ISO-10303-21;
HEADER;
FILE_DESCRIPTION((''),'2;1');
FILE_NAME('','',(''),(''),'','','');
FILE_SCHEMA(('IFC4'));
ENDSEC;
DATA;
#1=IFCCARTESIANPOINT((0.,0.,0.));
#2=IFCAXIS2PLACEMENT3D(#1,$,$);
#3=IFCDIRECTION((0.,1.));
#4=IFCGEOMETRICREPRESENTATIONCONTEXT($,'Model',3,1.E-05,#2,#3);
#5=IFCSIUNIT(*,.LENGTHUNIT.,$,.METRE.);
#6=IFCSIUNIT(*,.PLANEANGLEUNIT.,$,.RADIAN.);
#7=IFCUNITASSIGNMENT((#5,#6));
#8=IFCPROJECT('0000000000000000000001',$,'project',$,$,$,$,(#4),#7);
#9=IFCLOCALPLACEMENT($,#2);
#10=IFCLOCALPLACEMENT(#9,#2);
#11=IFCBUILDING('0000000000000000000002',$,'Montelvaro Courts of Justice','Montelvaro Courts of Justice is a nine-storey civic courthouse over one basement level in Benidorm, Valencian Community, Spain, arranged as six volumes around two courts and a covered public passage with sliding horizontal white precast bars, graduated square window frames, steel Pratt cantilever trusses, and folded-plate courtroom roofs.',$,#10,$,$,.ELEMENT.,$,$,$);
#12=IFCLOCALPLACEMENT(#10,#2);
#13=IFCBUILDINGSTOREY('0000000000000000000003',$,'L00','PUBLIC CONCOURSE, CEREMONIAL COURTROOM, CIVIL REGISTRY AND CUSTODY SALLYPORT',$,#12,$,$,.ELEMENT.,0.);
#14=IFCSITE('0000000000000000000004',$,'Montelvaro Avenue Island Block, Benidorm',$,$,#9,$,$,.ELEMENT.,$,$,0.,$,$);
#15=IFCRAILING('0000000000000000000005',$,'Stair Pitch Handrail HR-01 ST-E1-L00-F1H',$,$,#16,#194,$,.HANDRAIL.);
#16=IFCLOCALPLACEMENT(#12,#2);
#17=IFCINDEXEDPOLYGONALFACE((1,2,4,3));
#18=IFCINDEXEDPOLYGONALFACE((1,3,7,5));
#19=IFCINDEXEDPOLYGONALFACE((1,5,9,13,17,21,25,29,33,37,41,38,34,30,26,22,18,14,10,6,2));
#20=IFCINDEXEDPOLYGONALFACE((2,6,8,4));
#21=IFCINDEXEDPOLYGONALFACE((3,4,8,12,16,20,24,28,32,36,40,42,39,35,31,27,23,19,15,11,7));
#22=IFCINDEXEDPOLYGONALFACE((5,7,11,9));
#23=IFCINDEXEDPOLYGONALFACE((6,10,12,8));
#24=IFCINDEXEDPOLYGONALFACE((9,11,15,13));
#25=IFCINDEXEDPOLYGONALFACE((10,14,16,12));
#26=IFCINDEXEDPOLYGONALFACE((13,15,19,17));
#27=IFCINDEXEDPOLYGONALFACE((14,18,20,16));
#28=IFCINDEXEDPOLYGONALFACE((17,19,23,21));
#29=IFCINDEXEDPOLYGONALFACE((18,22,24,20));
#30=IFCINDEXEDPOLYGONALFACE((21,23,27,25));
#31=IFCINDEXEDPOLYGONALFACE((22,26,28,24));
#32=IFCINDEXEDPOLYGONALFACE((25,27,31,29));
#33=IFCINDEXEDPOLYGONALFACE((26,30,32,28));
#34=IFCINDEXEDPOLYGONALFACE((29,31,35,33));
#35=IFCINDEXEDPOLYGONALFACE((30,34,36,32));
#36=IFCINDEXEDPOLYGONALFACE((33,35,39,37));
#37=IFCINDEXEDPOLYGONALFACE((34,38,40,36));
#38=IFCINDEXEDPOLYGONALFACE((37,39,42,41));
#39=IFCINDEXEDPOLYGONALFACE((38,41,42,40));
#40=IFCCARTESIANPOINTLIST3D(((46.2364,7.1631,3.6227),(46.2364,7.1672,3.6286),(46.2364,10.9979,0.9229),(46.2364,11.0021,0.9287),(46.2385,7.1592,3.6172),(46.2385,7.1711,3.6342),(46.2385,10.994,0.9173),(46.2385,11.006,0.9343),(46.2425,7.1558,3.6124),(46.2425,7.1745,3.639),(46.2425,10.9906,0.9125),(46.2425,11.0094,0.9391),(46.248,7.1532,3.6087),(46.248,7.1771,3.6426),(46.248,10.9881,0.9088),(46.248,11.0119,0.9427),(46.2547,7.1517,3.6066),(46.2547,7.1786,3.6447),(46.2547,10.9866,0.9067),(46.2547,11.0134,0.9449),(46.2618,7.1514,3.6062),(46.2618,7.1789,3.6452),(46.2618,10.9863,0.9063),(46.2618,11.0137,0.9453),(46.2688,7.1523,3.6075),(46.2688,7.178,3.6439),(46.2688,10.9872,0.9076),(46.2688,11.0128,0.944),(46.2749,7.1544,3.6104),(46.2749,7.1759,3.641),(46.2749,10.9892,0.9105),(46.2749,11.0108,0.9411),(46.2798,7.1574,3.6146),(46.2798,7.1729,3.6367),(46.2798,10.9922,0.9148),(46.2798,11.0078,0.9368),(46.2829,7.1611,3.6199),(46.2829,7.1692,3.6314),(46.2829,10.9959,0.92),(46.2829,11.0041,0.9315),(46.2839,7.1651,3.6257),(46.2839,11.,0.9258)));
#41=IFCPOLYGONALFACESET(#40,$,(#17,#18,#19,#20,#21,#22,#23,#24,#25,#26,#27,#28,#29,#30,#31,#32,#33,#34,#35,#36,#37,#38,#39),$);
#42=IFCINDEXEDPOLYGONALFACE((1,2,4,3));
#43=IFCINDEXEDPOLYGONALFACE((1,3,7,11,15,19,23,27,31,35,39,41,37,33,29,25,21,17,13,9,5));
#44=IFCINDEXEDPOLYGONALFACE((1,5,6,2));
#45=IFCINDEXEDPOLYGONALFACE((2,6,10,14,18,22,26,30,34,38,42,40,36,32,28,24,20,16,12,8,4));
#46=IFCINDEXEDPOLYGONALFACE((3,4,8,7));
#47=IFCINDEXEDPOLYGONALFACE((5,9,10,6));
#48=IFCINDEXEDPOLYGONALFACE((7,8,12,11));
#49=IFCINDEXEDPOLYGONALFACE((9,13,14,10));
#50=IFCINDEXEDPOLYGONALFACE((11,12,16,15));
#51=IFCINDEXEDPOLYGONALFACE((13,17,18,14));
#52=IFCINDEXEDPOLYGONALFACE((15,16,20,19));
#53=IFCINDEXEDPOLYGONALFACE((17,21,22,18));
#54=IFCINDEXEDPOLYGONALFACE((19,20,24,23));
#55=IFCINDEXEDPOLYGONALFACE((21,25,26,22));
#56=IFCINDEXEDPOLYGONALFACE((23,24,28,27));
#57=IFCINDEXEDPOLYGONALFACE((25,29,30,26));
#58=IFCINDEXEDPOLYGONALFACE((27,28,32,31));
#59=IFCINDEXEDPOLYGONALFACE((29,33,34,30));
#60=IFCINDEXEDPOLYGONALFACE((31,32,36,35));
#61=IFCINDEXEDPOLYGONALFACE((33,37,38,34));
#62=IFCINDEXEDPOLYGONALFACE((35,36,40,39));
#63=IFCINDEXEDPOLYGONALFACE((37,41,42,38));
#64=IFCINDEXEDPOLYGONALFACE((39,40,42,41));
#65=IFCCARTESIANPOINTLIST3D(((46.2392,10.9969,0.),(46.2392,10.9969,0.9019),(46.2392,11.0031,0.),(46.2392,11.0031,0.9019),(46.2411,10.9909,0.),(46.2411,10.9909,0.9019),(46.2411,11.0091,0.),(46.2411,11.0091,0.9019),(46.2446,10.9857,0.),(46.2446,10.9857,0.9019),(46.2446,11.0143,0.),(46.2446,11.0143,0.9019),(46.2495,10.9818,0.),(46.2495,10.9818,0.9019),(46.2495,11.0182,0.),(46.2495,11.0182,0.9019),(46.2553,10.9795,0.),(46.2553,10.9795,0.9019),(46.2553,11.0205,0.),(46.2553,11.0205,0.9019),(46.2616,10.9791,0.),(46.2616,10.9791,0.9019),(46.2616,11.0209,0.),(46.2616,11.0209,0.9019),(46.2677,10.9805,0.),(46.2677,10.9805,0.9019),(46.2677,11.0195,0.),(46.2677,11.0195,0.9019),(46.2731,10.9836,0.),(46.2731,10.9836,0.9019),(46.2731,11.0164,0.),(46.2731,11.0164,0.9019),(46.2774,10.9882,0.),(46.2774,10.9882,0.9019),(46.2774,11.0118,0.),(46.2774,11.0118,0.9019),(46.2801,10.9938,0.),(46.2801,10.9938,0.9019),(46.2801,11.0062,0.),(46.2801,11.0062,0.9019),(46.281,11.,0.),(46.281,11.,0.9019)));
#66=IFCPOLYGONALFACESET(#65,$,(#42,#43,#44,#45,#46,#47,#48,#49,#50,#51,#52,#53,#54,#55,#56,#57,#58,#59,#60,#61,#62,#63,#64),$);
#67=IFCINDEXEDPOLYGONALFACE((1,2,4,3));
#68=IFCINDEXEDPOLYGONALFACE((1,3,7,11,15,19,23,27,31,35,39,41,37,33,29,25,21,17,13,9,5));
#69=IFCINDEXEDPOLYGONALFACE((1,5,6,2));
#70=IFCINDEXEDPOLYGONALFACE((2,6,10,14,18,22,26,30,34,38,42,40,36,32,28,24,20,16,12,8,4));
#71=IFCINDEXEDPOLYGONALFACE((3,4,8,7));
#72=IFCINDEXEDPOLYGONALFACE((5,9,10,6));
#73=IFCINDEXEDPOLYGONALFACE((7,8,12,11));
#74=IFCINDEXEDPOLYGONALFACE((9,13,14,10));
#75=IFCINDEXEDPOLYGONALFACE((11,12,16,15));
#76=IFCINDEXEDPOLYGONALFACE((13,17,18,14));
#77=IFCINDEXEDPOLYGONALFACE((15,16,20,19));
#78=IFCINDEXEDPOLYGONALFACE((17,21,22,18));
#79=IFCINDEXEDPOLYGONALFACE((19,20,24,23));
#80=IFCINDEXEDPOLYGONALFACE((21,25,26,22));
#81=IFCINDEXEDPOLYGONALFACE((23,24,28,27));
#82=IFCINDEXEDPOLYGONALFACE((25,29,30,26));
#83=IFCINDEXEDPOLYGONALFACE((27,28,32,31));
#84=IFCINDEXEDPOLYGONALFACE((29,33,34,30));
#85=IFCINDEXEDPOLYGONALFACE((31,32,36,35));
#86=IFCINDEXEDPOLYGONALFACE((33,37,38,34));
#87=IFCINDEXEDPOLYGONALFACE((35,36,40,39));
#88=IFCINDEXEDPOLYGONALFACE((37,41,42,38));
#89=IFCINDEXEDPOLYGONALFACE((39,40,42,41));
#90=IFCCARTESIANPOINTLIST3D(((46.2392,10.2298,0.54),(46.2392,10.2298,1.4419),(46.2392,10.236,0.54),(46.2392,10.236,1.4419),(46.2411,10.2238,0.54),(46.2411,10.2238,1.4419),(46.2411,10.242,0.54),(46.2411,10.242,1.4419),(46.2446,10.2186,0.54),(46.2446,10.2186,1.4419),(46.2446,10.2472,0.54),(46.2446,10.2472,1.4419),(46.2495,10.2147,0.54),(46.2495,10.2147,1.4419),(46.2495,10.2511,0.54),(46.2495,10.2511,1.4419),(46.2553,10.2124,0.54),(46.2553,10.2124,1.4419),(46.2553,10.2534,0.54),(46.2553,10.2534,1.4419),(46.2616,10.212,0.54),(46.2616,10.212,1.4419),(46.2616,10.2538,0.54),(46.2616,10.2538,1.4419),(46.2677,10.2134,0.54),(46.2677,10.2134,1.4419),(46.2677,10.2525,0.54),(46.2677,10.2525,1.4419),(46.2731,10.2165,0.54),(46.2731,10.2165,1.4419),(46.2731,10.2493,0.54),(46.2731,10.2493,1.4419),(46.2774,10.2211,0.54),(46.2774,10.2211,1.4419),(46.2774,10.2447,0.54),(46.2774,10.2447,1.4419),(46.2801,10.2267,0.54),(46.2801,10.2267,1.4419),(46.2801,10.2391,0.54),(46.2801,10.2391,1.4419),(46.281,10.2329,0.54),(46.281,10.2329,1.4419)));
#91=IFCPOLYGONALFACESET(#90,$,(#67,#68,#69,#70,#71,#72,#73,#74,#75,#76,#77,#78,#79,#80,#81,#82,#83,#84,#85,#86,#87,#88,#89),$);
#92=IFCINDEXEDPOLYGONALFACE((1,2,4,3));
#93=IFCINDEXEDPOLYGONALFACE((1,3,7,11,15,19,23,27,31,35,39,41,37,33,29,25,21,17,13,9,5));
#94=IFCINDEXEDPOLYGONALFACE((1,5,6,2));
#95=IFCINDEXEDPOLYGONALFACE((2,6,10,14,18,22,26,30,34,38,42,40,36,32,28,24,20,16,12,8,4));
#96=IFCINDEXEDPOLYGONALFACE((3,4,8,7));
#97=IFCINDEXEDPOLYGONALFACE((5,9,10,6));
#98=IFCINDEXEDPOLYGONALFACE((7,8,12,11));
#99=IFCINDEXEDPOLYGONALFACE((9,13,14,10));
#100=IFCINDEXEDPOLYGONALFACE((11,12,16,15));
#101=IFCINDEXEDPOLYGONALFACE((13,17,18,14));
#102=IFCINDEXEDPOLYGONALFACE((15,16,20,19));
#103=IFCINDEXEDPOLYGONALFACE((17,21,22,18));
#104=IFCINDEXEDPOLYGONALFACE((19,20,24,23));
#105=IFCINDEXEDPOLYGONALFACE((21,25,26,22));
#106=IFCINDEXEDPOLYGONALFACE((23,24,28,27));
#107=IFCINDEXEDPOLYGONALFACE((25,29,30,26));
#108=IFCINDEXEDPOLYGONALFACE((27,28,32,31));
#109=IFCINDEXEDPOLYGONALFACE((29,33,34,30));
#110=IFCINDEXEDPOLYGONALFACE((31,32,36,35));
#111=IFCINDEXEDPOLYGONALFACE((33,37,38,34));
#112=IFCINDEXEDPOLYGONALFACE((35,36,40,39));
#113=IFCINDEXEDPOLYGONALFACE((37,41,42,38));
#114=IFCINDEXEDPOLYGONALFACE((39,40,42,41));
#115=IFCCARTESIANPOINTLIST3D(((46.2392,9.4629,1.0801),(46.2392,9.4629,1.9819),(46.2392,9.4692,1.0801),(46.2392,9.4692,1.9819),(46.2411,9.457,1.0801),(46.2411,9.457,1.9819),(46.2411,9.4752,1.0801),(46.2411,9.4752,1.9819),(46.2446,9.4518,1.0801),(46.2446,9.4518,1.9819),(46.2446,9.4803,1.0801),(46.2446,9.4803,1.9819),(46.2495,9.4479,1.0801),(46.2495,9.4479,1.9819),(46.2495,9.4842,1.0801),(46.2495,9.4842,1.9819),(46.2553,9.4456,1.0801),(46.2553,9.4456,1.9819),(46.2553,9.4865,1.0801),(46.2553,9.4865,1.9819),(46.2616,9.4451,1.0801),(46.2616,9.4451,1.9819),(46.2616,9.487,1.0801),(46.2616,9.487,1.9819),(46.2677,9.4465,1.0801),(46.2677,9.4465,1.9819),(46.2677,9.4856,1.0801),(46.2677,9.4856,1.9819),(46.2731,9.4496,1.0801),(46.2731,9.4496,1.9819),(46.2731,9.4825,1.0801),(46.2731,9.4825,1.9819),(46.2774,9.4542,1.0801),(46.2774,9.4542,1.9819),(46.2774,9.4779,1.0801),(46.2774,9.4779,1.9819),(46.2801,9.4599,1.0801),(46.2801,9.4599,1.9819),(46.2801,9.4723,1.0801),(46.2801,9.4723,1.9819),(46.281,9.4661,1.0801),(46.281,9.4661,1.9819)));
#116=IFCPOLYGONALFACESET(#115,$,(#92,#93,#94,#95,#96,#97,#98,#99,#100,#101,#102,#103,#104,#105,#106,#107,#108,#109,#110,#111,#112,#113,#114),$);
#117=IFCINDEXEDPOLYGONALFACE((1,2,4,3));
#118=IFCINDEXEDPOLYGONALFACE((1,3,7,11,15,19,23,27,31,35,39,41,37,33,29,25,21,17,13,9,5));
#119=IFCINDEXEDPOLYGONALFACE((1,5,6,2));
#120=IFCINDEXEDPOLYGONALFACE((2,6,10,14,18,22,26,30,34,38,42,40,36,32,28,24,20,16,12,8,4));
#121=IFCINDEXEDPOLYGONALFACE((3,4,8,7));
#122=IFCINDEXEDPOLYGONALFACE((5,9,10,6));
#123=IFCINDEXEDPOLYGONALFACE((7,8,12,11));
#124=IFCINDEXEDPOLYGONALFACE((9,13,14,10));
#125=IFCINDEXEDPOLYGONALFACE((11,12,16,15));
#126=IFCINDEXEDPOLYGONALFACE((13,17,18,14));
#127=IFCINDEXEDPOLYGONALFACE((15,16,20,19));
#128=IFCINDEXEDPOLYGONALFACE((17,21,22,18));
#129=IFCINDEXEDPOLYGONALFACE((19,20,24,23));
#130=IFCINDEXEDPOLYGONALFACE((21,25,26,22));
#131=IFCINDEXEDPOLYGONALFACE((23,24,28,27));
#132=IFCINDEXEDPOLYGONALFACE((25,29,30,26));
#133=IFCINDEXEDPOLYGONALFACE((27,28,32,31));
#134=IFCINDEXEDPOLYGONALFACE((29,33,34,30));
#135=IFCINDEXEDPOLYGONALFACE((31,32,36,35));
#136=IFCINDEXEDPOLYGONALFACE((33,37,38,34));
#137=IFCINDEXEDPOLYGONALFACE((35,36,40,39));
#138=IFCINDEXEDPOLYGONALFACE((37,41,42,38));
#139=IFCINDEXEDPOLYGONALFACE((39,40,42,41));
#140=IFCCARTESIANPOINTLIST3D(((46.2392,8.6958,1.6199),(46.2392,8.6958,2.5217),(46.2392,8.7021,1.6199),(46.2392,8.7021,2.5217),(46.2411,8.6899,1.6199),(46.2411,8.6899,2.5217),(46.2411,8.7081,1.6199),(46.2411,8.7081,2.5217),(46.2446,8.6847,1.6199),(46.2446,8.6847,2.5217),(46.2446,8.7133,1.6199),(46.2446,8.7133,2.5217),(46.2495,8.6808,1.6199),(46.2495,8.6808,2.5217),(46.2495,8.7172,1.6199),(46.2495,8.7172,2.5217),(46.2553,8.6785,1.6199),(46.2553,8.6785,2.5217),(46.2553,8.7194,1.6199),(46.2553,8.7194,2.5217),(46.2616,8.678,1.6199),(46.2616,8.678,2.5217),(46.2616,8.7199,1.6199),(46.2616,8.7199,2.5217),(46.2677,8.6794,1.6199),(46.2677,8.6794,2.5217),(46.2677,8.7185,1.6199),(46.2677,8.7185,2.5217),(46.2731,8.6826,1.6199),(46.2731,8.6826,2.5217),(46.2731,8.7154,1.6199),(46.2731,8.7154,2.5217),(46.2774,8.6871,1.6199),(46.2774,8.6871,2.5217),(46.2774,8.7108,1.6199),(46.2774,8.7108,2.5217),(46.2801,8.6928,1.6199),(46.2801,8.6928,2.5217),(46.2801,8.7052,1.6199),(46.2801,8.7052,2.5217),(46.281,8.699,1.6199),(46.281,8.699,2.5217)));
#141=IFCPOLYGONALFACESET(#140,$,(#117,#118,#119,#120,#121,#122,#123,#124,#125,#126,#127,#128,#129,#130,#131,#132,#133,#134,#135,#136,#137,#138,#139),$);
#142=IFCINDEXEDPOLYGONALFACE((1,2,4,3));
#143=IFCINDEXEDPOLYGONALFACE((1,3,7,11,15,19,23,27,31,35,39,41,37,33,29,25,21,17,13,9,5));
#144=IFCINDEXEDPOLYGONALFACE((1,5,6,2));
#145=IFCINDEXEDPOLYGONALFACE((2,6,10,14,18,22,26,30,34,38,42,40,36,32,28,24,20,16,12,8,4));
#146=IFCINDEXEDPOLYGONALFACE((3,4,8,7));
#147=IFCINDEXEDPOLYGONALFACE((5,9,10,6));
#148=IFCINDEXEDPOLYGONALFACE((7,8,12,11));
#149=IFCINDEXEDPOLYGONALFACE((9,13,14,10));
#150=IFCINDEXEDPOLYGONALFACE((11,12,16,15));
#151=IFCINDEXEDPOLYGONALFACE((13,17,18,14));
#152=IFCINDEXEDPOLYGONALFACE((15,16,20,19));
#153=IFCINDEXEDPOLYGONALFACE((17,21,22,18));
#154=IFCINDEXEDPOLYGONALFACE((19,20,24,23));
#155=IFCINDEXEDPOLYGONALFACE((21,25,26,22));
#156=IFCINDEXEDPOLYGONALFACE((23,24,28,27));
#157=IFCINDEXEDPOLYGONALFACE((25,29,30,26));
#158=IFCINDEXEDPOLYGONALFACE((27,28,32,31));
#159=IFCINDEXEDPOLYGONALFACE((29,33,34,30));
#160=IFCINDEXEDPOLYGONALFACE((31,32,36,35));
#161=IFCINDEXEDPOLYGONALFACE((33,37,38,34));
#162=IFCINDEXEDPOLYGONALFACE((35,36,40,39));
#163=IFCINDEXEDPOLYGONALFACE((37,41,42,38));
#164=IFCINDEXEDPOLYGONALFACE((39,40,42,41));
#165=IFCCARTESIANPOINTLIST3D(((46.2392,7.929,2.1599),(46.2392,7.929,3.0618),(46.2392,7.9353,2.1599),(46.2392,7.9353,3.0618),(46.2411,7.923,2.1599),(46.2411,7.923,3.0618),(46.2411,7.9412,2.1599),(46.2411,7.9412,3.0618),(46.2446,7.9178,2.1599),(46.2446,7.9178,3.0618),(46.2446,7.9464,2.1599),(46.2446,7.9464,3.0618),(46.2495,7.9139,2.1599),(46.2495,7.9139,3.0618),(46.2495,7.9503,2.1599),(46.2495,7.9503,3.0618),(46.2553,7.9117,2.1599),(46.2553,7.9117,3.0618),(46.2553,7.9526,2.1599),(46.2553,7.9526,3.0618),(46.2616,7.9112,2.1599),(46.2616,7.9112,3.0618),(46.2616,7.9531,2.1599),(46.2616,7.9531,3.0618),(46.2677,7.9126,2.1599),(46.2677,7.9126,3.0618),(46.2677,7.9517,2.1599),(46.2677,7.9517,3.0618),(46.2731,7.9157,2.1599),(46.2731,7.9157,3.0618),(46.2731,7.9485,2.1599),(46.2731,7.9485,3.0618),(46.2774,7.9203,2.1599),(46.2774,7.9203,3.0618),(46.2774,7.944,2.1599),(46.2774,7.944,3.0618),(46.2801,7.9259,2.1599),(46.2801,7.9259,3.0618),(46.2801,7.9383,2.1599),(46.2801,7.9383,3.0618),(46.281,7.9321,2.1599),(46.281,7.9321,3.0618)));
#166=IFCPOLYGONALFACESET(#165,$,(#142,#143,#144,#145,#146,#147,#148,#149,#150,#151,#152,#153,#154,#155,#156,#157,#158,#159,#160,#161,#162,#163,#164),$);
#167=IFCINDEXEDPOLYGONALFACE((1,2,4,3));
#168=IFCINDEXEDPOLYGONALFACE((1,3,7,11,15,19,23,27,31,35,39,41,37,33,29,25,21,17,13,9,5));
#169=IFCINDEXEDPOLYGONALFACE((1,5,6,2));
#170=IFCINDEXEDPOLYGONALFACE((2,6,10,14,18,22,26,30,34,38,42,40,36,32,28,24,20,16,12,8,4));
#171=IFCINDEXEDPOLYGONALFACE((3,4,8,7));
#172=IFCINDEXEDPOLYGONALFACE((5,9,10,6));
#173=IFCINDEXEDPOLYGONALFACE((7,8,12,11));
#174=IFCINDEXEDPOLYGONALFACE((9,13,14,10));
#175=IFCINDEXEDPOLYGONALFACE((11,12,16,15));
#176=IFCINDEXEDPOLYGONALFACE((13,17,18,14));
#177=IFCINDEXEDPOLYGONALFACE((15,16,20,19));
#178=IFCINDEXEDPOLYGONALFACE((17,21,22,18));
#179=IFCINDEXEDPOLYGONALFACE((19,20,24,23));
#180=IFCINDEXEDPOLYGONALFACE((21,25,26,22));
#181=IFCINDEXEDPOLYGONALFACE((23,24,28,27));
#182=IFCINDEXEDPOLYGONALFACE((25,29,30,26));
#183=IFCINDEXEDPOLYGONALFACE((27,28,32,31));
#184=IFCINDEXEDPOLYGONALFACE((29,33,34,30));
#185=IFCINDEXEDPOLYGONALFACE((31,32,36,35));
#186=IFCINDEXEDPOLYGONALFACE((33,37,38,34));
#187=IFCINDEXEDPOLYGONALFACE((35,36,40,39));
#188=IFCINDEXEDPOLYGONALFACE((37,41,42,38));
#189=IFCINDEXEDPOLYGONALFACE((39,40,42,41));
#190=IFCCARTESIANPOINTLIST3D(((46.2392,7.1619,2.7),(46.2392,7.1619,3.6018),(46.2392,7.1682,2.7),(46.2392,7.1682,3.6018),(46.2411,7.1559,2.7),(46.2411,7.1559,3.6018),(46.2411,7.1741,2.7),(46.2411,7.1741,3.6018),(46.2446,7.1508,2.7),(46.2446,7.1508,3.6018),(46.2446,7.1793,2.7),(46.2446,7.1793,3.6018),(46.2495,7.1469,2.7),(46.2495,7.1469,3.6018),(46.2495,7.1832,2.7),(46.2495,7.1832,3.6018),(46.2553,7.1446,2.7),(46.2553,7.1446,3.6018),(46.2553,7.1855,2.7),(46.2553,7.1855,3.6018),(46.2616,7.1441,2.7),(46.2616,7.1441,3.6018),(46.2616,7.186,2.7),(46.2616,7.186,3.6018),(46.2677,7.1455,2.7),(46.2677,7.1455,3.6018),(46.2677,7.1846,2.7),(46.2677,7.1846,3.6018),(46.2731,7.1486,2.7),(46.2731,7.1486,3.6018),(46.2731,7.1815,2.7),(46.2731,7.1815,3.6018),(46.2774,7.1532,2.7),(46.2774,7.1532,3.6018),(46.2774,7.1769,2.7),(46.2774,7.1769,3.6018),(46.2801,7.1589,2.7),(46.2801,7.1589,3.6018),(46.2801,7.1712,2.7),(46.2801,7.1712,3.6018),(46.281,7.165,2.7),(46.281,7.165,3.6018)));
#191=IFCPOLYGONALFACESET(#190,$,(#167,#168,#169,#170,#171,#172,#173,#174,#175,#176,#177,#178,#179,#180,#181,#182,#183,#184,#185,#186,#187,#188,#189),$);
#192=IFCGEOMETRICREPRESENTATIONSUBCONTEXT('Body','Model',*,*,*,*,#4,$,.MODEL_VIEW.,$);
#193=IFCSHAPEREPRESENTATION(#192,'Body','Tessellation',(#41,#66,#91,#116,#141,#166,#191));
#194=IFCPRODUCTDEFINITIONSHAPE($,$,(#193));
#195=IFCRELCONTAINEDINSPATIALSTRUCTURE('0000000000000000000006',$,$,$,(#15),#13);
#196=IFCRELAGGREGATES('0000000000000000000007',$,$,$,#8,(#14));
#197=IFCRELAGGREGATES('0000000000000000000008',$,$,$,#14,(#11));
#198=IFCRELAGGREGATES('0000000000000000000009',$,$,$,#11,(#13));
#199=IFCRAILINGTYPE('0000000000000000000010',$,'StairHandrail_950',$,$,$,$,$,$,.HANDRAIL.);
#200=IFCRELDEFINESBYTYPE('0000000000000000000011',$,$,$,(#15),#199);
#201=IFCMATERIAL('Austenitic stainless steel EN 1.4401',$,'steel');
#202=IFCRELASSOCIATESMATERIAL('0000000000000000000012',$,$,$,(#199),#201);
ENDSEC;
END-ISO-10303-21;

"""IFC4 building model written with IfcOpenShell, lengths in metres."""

from ifc_helpers import new_model, si_unit, direction, frame, origin, origin_2d, place, context, subcontext, project, spatial, circle, extrude, material, type_object, element, save


model = new_model("IFC4")

# Units and contexts
model_context = context("Model", 3, precision=1e-05, world=origin(), true_north=direction((0.0, 1.0)))
body_context = subcontext(model_context, "Body", "Model", "MODEL_VIEW")
ifc_project = project(units=[si_unit("LENGTHUNIT", "METRE"), si_unit("PLANEANGLEUNIT", "RADIAN")], contexts=[model_context])

# Site, building, storey
site_placement = place(None, origin())
site = spatial("IfcSite", under=ifc_project, at=site_placement, Name="Montelvaro Avenue Island Block, Benidorm", CompositionType="ELEMENT", RefElevation=0.0)
building_placement = place(site_placement, origin())
building = spatial("IfcBuilding", under=site, at=building_placement, Name="Montelvaro Courts of Justice", Description="Montelvaro Courts of Justice is a nine-storey civic courthouse over one basement level in Benidorm, Valencian Community, Spain, arranged as six volumes around two courts and a covered public passage with sliding horizontal white precast bars, graduated square window frames, steel Pratt cantilever trusses, and folded-plate courtroom roofs.", CompositionType="ELEMENT")
storey_placement = place(building_placement, origin())
storey = spatial("IfcBuildingStorey", under=building, at=storey_placement, Name="L00", Description="PUBLIC CONCOURSE, CEREMONIAL COURTROOM, CIVIL REGISTRY AND CUSTODY SALLYPORT", CompositionType="ELEMENT", Elevation=0.0)

# Railing
ifc_material_1 = material(Name="Austenitic stainless steel EN 1.4401", Category="steel")
railing_type_1 = type_object("IfcRailingType", Name="StairHandrail_950", PredefinedType="HANDRAIL", material=ifc_material_1)
railing_1_placement = place(storey_placement, frame((46.26, 11.0, 0.0)))
element("IfcRailing", 1, at=railing_1_placement, inside=storey, type_object=railing_type_1, Name="Stair Pitch Handrail HR-01 ST-E1-L00-F1H", PredefinedType="HANDRAIL", context=body_context, shape_type="SweptSolid", body=[
    extrude(circle(Radius=0.0239, at=origin_2d()), frame((0.0, 0.0, 0.9258), z_axis=(0.0, -0.817678, 0.575675), x_axis=(1.0, 0.0, 0.0)), (0.0, 0.0, 1.0), 4.6899),
    extrude(circle(Radius=0.021, at=origin_2d()), origin(), (0.0, 0.0, 1.0), 0.9019),
    extrude(circle(Radius=0.021, at=origin_2d()), frame((0.0, -0.7671, 0.54)), (0.0, 0.0, 1.0), 0.9019),
    extrude(circle(Radius=0.021, at=origin_2d()), frame((0.0, -1.5339, 1.0801)), (0.0, 0.0, 1.0), 0.9019),
    extrude(circle(Radius=0.021, at=origin_2d()), frame((0.0, -2.301, 1.6199)), (0.0, 0.0, 1.0), 0.9019),
    extrude(circle(Radius=0.021, at=origin_2d()), frame((0.0, -3.0679, 2.1599)), (0.0, 0.0, 1.0), 0.9019),
    extrude(circle(Radius=0.021, at=origin_2d()), frame((0.0, -3.835, 2.7)), (0.0, 0.0, 1.0), 0.9019),
])

save(model, "model.ifc")
